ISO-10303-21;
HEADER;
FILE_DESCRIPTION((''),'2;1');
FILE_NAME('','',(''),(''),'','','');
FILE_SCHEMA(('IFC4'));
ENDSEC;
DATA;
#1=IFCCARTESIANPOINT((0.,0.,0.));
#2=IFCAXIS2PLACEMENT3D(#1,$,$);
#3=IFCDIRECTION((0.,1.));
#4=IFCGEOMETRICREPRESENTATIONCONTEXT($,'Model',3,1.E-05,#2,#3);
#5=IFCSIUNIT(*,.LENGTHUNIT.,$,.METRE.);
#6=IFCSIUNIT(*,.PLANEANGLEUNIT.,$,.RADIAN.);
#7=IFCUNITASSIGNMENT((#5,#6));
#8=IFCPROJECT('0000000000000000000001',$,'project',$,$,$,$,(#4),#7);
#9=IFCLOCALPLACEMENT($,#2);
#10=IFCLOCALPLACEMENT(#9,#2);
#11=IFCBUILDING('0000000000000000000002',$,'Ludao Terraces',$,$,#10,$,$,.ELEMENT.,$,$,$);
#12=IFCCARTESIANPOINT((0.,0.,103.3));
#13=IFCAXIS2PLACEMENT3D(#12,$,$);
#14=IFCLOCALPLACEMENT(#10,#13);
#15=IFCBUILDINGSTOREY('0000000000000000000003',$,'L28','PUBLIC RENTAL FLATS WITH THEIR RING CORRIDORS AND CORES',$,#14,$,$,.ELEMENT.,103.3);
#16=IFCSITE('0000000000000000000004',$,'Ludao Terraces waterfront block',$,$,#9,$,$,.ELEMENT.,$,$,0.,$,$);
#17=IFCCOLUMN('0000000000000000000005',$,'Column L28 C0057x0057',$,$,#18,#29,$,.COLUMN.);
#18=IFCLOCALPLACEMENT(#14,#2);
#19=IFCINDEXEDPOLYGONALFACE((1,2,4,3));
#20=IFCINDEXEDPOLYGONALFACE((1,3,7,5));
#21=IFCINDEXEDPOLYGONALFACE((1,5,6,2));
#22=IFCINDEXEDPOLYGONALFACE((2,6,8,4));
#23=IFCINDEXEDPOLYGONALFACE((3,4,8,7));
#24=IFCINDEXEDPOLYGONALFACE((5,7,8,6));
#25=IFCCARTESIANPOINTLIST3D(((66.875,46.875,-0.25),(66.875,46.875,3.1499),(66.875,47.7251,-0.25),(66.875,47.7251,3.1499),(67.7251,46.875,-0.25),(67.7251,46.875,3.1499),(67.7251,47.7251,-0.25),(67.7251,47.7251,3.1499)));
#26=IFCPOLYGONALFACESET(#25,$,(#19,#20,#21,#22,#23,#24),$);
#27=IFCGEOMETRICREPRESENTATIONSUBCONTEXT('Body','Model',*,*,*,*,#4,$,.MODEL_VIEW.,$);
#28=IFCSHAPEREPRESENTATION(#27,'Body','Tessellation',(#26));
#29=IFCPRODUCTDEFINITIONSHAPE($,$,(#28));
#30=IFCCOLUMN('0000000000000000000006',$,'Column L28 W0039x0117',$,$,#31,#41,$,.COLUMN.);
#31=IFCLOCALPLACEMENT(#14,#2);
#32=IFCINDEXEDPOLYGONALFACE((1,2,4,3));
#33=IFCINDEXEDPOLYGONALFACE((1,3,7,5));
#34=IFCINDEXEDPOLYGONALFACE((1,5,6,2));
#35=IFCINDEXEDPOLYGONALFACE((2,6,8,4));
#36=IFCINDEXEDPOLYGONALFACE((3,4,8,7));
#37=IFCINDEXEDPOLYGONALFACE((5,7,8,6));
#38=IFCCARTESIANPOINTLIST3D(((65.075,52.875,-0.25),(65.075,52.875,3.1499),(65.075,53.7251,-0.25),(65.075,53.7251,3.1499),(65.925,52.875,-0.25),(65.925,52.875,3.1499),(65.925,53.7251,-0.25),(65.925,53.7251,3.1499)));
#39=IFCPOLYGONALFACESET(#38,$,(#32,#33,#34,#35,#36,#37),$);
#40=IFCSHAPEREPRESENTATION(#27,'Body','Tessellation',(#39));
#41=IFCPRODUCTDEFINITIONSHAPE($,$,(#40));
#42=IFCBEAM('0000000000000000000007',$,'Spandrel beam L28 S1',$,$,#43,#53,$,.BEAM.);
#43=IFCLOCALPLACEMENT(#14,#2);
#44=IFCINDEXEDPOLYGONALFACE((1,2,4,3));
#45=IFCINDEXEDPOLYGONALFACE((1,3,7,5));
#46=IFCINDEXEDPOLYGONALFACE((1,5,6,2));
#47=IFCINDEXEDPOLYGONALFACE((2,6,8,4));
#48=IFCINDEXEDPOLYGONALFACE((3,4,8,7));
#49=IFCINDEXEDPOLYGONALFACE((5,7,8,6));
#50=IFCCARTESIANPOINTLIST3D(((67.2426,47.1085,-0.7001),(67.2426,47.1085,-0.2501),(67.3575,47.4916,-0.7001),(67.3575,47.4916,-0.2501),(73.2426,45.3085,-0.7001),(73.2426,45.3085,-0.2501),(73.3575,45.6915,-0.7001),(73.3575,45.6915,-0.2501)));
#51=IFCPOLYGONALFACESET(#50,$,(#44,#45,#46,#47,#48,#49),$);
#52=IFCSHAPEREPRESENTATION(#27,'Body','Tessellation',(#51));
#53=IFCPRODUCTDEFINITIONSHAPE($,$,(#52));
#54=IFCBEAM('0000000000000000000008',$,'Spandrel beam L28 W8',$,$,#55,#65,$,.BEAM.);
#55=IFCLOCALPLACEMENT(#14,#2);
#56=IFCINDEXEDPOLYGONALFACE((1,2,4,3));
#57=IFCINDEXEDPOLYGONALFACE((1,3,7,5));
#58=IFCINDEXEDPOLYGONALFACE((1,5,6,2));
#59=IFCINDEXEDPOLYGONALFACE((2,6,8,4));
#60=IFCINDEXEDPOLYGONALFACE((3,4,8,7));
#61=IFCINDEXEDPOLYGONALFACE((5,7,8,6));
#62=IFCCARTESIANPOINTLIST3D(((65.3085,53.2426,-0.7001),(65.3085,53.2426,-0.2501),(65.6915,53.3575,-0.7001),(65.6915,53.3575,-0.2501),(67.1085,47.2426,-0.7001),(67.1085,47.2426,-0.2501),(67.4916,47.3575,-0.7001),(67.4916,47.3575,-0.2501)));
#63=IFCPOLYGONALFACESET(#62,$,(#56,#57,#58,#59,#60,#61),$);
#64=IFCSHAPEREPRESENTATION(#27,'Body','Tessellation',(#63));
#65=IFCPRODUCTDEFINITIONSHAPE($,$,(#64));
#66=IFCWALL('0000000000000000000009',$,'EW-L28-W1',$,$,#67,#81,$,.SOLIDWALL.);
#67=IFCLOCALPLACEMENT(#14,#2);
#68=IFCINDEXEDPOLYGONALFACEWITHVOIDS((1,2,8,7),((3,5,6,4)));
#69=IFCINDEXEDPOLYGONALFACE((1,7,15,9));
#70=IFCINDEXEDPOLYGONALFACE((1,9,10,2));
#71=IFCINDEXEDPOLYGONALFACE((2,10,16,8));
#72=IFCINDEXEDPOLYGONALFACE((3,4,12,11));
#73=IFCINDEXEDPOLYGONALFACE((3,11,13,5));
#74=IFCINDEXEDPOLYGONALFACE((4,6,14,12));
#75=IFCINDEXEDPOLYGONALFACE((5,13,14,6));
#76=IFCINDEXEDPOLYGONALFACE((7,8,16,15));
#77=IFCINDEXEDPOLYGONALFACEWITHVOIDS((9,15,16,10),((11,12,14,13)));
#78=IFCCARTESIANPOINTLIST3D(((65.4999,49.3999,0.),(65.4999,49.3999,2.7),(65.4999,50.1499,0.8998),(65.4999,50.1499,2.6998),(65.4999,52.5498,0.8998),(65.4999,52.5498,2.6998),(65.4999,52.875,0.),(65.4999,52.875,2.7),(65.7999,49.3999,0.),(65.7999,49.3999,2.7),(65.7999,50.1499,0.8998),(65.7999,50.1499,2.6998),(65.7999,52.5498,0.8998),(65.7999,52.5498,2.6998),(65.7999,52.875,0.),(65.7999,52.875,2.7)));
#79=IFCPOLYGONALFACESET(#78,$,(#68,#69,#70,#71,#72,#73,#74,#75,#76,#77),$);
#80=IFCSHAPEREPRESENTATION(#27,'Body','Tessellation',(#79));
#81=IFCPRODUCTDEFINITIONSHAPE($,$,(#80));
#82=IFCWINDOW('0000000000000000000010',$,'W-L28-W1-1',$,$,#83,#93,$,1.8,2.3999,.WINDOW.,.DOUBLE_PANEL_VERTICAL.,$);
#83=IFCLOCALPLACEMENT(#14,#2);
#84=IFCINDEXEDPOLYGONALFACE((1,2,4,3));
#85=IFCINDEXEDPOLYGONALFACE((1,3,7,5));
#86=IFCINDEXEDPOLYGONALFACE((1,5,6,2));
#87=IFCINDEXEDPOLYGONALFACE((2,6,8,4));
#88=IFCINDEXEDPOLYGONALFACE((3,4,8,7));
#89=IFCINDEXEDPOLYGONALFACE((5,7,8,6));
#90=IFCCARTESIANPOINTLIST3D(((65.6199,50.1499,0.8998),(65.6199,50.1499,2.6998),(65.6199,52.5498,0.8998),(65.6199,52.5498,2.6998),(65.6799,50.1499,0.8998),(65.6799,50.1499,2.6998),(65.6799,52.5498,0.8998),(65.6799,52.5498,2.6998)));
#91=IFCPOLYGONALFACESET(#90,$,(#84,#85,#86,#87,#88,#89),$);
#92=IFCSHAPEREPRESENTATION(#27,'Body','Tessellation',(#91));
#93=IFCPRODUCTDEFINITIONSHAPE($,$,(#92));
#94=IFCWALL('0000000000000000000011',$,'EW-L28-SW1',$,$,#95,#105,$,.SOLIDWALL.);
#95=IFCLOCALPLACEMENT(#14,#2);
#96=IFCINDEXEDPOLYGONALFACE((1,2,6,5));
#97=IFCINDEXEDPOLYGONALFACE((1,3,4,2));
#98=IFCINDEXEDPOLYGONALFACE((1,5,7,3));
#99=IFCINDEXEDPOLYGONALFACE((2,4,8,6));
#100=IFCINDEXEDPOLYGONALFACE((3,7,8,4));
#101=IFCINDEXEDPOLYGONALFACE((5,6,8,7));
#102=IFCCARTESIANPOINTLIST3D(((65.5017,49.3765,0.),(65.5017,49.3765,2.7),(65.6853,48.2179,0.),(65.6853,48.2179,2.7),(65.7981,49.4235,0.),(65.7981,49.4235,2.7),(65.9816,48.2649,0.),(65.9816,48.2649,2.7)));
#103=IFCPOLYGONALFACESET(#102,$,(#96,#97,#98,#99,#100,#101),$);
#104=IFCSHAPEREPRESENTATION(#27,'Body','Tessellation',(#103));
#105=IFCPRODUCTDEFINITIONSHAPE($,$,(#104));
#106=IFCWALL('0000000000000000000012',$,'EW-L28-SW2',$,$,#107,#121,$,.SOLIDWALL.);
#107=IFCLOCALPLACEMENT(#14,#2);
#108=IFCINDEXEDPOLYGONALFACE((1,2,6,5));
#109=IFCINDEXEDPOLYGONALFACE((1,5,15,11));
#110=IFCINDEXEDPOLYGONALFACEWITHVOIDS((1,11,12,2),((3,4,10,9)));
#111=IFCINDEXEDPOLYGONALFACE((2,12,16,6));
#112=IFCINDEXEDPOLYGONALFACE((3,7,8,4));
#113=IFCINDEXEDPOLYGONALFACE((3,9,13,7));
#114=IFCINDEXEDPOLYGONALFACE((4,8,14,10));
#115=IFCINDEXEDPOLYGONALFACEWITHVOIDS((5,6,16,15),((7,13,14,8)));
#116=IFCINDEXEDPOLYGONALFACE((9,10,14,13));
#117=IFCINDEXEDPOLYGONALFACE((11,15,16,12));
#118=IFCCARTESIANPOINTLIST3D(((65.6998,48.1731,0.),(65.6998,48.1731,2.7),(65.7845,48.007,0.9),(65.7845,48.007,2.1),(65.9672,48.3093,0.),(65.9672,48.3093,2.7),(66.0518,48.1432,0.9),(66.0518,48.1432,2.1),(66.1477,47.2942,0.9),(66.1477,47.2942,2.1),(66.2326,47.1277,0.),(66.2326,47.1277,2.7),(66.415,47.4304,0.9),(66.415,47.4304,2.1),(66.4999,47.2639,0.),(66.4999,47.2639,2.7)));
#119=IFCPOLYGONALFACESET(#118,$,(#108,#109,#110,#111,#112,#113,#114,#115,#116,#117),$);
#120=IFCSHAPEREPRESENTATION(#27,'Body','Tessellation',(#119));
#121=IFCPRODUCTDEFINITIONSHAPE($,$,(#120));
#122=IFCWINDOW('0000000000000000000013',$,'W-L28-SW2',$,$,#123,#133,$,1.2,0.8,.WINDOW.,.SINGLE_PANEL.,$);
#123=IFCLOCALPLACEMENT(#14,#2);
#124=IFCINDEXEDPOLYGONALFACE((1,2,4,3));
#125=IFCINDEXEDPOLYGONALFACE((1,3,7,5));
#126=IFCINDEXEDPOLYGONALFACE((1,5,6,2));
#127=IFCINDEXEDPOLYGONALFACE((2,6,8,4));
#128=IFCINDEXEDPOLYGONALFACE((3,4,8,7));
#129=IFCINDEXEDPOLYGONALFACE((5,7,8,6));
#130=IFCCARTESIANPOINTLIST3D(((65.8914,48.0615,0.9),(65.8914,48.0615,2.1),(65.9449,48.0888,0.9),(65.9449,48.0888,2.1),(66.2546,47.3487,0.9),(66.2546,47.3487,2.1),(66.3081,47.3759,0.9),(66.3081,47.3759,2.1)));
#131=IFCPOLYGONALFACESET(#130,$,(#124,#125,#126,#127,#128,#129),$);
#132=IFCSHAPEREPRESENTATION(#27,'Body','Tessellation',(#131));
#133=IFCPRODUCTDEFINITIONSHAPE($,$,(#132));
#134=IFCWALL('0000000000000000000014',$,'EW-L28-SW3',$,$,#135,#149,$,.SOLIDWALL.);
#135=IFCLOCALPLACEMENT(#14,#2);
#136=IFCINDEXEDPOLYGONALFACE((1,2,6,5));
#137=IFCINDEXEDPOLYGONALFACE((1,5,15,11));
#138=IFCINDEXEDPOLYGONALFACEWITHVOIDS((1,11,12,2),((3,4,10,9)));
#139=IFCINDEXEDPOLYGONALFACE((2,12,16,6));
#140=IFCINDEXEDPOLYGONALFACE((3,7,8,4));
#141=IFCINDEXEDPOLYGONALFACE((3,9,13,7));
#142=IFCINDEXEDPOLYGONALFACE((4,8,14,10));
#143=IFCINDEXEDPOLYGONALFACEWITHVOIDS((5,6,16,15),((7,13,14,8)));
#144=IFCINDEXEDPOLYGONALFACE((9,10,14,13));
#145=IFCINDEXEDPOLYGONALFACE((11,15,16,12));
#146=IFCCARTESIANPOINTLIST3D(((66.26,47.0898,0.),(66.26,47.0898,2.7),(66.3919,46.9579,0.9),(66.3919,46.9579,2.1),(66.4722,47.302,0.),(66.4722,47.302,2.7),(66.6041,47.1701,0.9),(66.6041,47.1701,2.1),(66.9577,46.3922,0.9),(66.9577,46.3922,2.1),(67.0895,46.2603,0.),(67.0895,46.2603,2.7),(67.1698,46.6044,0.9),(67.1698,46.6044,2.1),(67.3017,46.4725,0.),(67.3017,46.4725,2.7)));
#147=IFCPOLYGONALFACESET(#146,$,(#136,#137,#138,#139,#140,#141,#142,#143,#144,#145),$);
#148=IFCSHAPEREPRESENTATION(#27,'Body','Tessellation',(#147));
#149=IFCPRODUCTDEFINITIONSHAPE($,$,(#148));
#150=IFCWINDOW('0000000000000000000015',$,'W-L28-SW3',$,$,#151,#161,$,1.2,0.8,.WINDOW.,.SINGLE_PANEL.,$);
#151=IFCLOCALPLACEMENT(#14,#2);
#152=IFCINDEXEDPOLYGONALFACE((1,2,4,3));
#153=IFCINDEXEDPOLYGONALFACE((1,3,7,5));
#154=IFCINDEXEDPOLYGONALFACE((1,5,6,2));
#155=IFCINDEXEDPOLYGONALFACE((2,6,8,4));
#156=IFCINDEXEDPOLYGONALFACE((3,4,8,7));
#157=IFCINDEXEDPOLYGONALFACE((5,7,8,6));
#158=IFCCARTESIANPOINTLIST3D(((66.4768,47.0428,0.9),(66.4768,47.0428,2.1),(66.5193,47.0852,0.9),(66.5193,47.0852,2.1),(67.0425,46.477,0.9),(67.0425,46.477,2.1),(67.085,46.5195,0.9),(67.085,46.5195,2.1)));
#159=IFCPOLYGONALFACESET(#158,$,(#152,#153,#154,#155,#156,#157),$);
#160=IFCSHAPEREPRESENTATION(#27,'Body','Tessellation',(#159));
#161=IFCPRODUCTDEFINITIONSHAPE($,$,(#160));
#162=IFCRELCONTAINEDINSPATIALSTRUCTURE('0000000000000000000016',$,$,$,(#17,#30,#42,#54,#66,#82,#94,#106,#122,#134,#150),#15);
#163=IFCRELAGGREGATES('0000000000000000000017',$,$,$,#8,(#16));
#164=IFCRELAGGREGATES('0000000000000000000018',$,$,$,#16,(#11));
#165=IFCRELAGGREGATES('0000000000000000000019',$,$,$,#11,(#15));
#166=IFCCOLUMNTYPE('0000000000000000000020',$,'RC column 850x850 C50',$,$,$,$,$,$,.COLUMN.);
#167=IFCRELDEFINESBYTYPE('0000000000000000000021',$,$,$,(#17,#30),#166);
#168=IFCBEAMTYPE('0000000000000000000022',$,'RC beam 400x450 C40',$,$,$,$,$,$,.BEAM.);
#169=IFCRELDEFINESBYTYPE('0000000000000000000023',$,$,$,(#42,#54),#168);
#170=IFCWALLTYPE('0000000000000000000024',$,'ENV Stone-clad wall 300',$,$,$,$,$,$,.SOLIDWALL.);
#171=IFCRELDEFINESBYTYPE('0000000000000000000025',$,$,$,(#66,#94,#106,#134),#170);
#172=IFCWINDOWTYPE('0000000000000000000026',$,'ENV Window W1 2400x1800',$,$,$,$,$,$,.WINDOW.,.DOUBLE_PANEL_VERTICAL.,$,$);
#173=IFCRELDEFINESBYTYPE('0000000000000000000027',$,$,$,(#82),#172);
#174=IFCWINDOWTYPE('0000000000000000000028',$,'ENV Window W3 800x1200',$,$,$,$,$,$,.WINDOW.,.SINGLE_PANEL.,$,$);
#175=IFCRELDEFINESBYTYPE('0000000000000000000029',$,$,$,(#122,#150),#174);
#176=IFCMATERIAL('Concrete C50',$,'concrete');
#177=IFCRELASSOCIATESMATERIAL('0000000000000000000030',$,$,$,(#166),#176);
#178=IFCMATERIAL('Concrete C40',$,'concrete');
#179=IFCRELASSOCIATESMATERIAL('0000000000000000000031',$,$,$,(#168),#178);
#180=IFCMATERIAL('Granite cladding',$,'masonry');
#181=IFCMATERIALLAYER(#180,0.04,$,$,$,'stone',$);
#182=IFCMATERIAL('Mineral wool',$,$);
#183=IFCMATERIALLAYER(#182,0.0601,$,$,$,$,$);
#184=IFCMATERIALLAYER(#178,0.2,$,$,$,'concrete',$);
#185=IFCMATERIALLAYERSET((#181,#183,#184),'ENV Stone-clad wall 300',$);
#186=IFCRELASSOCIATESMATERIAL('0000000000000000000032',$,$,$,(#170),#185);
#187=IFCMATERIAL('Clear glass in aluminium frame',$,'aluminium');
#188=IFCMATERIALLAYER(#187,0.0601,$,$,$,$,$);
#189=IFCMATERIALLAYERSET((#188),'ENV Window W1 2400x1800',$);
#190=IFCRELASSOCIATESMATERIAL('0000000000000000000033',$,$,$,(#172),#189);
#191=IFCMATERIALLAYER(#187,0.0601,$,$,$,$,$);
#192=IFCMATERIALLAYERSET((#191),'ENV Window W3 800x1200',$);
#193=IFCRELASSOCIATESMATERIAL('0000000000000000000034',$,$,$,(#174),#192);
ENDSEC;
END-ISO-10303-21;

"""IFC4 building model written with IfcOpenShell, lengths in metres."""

from ifc_helpers import new_model, si_unit, direction, frame, frame_2d, origin, origin_2d, place, context, subcontext, project, spatial, rectangle, extrude, material, layer, layer_set, material_profile, profile_set, type_object, element, fill, save


model = new_model("IFC4")

# Units and contexts
model_context = context("Model", 3, precision=1e-05, world=origin(), true_north=direction((0.0, 1.0)))
body_context = subcontext(model_context, "Body", "Model", "MODEL_VIEW")
ifc_project = project(units=[si_unit("LENGTHUNIT", "METRE"), si_unit("PLANEANGLEUNIT", "RADIAN")], contexts=[model_context])

# Site, building, storey
site_placement = place(None, origin())
site = spatial("IfcSite", under=ifc_project, at=site_placement, Name="Ludao Terraces waterfront block", CompositionType="ELEMENT", RefElevation=0.0)
building_placement = place(site_placement, origin())
building = spatial("IfcBuilding", under=site, at=building_placement, Name="Ludao Terraces", CompositionType="ELEMENT")
storey_placement = place(building_placement, frame((0.0, 0.0, 103.3)))
storey = spatial("IfcBuildingStorey", under=building, at=storey_placement, Name="L28", Description="PUBLIC RENTAL FLATS WITH THEIR RING CORRIDORS AND CORES", CompositionType="ELEMENT", Elevation=103.3)

# Columns
ifc_material_1 = material(Name="Concrete C50", Category="concrete")
ifc_material_profile_1 = material_profile(ifc_material_1, rectangle(XDim=0.8501, YDim=0.8501, at=origin_2d()), Name="850 X 850")
ifc_profile_set_1 = profile_set([ifc_material_profile_1], Name="Concrete C50")
column_type = type_object("IfcColumnType", Name="RC column 850x850 C50", PredefinedType="COLUMN", material=ifc_profile_set_1)
for number, where, z_axis, x_axis, name in (
    (1, (67.3, 47.3, -0.25), (0.0, 0.0, 1.0), (1.0, 0.0, 0.0), "Column L28 C0057x0057"),
    (2, (65.5, 53.3, -0.25), (0.0, 0.0, 1.0), (1.0, 0.0, 0.0), "Column L28 W0039x0117"),
):
    element("IfcColumn", number, at=place(storey_placement, frame(where, z_axis=z_axis, x_axis=x_axis)), inside=storey, type_object=column_type, Name=name, PredefinedType="COLUMN", context=body_context, shape_type="SweptSolid", body=[
        extrude(rectangle(XDim=0.8501, YDim=0.8501, at=origin_2d()), origin(), (0.0, 0.0, 1.0), 3.3999),
    ])

# Beams
ifc_material_2 = material(Name="Concrete C40", Category="concrete")
ifc_material_profile_2 = material_profile(ifc_material_2, rectangle(XDim=0.3999, YDim=0.45, at=origin_2d()), Name="400 X 450")
ifc_profile_set_2 = profile_set([ifc_material_profile_2], Name="Concrete C40")
beam_type = type_object("IfcBeamType", Name="RC beam 400x450 C40", PredefinedType="BEAM", material=ifc_profile_set_2)
for number, where, z_axis, x_axis, name in (
    (3, (67.3, 47.3, -0.4751), (0.957824, -0.287355, 0.0), (0.287355, 0.957824, 0.0), "Spandrel beam L28 S1"),
    (4, (67.3, 47.3, -0.4751), (-0.287355, 0.957824, 0.0), (-0.957824, -0.287355, 0.0), "Spandrel beam L28 W8"),
):
    element("IfcBeam", number, at=place(storey_placement, frame(where, z_axis=z_axis, x_axis=x_axis)), inside=storey, type_object=beam_type, Name=name, PredefinedType="BEAM", context=body_context, shape_type="SweptSolid", body=[
        extrude(rectangle(XDim=0.3999, YDim=0.45, at=origin_2d()), origin(), (0.0, 0.0, 1.0), 6.2642),
    ])

# Wall, opening, window
ifc_material_3 = material(Name="Granite cladding", Category="masonry")
ifc_layer_1 = layer(ifc_material_3, 0.04, Category="stone")
ifc_material_4 = material(Name="Mineral wool")
ifc_layer_2 = layer(ifc_material_4, 0.0601)
ifc_layer_3 = layer(ifc_material_2, 0.2, Category="concrete")
ifc_layer_set_1 = layer_set([ifc_layer_1, ifc_layer_2, ifc_layer_3], Name="ENV Stone-clad wall 300")
wall_type_1 = type_object("IfcWallType", Name="ENV Stone-clad wall 300", PredefinedType="SOLIDWALL", material=ifc_layer_set_1)
wall_1_placement = place(storey_placement, frame((65.6499, 49.3999, 0.0), z_axis=(0.0, 0.0, 1.0), x_axis=(0.0, 1.0, 0.0)))
wall_1 = element("IfcWall", 5, at=wall_1_placement, inside=storey, type_object=wall_type_1, Name="EW-L28-W1", PredefinedType="SOLIDWALL", context=body_context, shape_type="SweptSolid", body=[
    extrude(rectangle(XDim=3.4751, YDim=0.3, at=frame_2d((1.7375, 0.0))), origin(), (0.0, 0.0, 1.0), 2.7),
])
opening_1_placement = place(wall_1_placement, frame((0.75, 0.0, 0.8999)))
opening_1 = element("IfcOpeningElement", 6, at=opening_1_placement, cuts=wall_1, PredefinedType="OPENING", context=body_context, shape_type="SweptSolid", body=[
    extrude(rectangle(XDim=2.3999, YDim=1.8, at=frame_2d((1.2, 0.8999))), frame((0.0, 0.1602, 0.0), z_axis=(0.0, -1.0, 0.0), x_axis=(1.0, 0.0, 0.0)), (0.0, 0.0, 1.0), 0.3201),
])
ifc_material_5 = material(Name="Clear glass in aluminium frame", Category="aluminium")
ifc_layer_4 = layer(ifc_material_5, 0.0601)
ifc_layer_set_2 = layer_set([ifc_layer_4], Name="ENV Window W1 2400x1800")
window_type_1 = type_object("IfcWindowType", Name="ENV Window W1 2400x1800", PartitioningType="DOUBLE_PANEL_VERTICAL", PredefinedType="WINDOW", material=ifc_layer_set_2)
window_1_placement = place(opening_1_placement, origin())
window_1 = element("IfcWindow", 7, at=window_1_placement, inside=storey, type_object=window_type_1, Name="W-L28-W1-1", OverallHeight=1.8, OverallWidth=2.3999, PartitioningType="DOUBLE_PANEL_VERTICAL", PredefinedType="WINDOW", context=body_context, shape_type="SweptSolid", body=[
    extrude(rectangle(XDim=2.3999, YDim=1.8, at=frame_2d((1.2, 0.8999))), frame((0.0, 0.03, 0.0), z_axis=(0.0, -1.0, 0.0), x_axis=(1.0, 0.0, 0.0)), (0.0, 0.0, 1.0), 0.0601),
])
fill(opening_1, window_1)

# Wall
wall_2_placement = place(storey_placement, frame((65.6499, 49.3999, 0.0), z_axis=(0.0, 0.0, 1.0), x_axis=(0.156497, -0.987678, 0.0)))
element("IfcWall", 8, at=wall_2_placement, inside=storey, type_object=wall_type_1, Name="EW-L28-SW1", PredefinedType="SOLIDWALL", context=body_context, shape_type="SweptSolid", body=[
    extrude(rectangle(XDim=1.1731, YDim=0.3, at=frame_2d((0.5864, 0.0))), origin(), (0.0, 0.0, 1.0), 2.7),
])

# Walls, openings, windows
wall_3_placement = place(storey_placement, frame((65.8335, 48.2412, 0.0), z_axis=(0.0, 0.0, 1.0), x_axis=(0.454026, -0.890989, 0.0)))
wall_3 = element("IfcWall", 9, at=wall_3_placement, inside=storey, type_object=wall_type_1, Name="EW-L28-SW2", PredefinedType="SOLIDWALL", context=body_context, shape_type="SweptSolid", body=[
    extrude(rectangle(XDim=1.1733, YDim=0.3, at=frame_2d((0.5867, 0.0))), origin(), (0.0, 0.0, 1.0), 2.7),
])
opening_2_placement = place(wall_3_placement, frame((0.1865, 0.0, 0.8999)))
opening_2 = element("IfcOpeningElement", 10, at=opening_2_placement, cuts=wall_3, PredefinedType="OPENING", context=body_context, shape_type="SweptSolid", body=[
    extrude(rectangle(XDim=0.8, YDim=1.2, at=frame_2d((0.3999, 0.6001))), frame((0.0, 0.1602, 0.0), z_axis=(0.0, -1.0, 0.0), x_axis=(1.0, 0.0, 0.0)), (0.0, 0.0, 1.0), 0.3201),
])
ifc_layer_5 = layer(ifc_material_5, 0.0601)
ifc_layer_set_3 = layer_set([ifc_layer_5], Name="ENV Window W3 800x1200")
window_type_2 = type_object("IfcWindowType", Name="ENV Window W3 800x1200", PartitioningType="SINGLE_PANEL", PredefinedType="WINDOW", material=ifc_layer_set_3)
window_2_placement = place(opening_2_placement, origin())
window_2 = element("IfcWindow", 11, at=window_2_placement, inside=storey, type_object=window_type_2, Name="W-L28-SW2", OverallHeight=1.2, OverallWidth=0.8, PartitioningType="SINGLE_PANEL", PredefinedType="WINDOW", context=body_context, shape_type="SweptSolid", body=[
    extrude(rectangle(XDim=0.8, YDim=1.2, at=frame_2d((0.3999, 0.6001))), frame((0.0, 0.03, 0.0), z_axis=(0.0, -1.0, 0.0), x_axis=(1.0, 0.0, 0.0)), (0.0, 0.0, 1.0), 0.0601),
])
fill(opening_2, window_2)
wall_4_placement = place(storey_placement, frame((66.3662, 47.1958, 0.0), z_axis=(0.0, 0.0, 1.0), x_axis=(0.707107, -0.707107, 0.0)))
wall_4 = element("IfcWall", 12, at=wall_4_placement, inside=storey, type_object=wall_type_1, Name="EW-L28-SW3", PredefinedType="SOLIDWALL", context=body_context, shape_type="SweptSolid", body=[
    extrude(rectangle(XDim=1.1731, YDim=0.3, at=frame_2d((0.5864, 0.0))), origin(), (0.0, 0.0, 1.0), 2.7),
])
opening_3_placement = place(wall_4_placement, frame((0.1865, 0.0, 0.8999)))
opening_3 = element("IfcOpeningElement", 13, at=opening_3_placement, cuts=wall_4, PredefinedType="OPENING", context=body_context, shape_type="SweptSolid", body=[
    extrude(rectangle(XDim=0.8, YDim=1.2, at=frame_2d((0.3999, 0.6001))), frame((0.0, 0.1602, 0.0), z_axis=(0.0, -1.0, 0.0), x_axis=(1.0, 0.0, 0.0)), (0.0, 0.0, 1.0), 0.3201),
])
window_3_placement = place(opening_3_placement, origin())
window_3 = element("IfcWindow", 14, at=window_3_placement, inside=storey, type_object=window_type_2, Name="W-L28-SW3", OverallHeight=1.2, OverallWidth=0.8, PartitioningType="SINGLE_PANEL", PredefinedType="WINDOW", context=body_context, shape_type="SweptSolid", body=[
    extrude(rectangle(XDim=0.8, YDim=1.2, at=frame_2d((0.3999, 0.6001))), frame((0.0, 0.03, 0.0), z_axis=(0.0, -1.0, 0.0), x_axis=(1.0, 0.0, 0.0)), (0.0, 0.0, 1.0), 0.0601),
])
fill(opening_3, window_3)

save(model, "model.ifc")
